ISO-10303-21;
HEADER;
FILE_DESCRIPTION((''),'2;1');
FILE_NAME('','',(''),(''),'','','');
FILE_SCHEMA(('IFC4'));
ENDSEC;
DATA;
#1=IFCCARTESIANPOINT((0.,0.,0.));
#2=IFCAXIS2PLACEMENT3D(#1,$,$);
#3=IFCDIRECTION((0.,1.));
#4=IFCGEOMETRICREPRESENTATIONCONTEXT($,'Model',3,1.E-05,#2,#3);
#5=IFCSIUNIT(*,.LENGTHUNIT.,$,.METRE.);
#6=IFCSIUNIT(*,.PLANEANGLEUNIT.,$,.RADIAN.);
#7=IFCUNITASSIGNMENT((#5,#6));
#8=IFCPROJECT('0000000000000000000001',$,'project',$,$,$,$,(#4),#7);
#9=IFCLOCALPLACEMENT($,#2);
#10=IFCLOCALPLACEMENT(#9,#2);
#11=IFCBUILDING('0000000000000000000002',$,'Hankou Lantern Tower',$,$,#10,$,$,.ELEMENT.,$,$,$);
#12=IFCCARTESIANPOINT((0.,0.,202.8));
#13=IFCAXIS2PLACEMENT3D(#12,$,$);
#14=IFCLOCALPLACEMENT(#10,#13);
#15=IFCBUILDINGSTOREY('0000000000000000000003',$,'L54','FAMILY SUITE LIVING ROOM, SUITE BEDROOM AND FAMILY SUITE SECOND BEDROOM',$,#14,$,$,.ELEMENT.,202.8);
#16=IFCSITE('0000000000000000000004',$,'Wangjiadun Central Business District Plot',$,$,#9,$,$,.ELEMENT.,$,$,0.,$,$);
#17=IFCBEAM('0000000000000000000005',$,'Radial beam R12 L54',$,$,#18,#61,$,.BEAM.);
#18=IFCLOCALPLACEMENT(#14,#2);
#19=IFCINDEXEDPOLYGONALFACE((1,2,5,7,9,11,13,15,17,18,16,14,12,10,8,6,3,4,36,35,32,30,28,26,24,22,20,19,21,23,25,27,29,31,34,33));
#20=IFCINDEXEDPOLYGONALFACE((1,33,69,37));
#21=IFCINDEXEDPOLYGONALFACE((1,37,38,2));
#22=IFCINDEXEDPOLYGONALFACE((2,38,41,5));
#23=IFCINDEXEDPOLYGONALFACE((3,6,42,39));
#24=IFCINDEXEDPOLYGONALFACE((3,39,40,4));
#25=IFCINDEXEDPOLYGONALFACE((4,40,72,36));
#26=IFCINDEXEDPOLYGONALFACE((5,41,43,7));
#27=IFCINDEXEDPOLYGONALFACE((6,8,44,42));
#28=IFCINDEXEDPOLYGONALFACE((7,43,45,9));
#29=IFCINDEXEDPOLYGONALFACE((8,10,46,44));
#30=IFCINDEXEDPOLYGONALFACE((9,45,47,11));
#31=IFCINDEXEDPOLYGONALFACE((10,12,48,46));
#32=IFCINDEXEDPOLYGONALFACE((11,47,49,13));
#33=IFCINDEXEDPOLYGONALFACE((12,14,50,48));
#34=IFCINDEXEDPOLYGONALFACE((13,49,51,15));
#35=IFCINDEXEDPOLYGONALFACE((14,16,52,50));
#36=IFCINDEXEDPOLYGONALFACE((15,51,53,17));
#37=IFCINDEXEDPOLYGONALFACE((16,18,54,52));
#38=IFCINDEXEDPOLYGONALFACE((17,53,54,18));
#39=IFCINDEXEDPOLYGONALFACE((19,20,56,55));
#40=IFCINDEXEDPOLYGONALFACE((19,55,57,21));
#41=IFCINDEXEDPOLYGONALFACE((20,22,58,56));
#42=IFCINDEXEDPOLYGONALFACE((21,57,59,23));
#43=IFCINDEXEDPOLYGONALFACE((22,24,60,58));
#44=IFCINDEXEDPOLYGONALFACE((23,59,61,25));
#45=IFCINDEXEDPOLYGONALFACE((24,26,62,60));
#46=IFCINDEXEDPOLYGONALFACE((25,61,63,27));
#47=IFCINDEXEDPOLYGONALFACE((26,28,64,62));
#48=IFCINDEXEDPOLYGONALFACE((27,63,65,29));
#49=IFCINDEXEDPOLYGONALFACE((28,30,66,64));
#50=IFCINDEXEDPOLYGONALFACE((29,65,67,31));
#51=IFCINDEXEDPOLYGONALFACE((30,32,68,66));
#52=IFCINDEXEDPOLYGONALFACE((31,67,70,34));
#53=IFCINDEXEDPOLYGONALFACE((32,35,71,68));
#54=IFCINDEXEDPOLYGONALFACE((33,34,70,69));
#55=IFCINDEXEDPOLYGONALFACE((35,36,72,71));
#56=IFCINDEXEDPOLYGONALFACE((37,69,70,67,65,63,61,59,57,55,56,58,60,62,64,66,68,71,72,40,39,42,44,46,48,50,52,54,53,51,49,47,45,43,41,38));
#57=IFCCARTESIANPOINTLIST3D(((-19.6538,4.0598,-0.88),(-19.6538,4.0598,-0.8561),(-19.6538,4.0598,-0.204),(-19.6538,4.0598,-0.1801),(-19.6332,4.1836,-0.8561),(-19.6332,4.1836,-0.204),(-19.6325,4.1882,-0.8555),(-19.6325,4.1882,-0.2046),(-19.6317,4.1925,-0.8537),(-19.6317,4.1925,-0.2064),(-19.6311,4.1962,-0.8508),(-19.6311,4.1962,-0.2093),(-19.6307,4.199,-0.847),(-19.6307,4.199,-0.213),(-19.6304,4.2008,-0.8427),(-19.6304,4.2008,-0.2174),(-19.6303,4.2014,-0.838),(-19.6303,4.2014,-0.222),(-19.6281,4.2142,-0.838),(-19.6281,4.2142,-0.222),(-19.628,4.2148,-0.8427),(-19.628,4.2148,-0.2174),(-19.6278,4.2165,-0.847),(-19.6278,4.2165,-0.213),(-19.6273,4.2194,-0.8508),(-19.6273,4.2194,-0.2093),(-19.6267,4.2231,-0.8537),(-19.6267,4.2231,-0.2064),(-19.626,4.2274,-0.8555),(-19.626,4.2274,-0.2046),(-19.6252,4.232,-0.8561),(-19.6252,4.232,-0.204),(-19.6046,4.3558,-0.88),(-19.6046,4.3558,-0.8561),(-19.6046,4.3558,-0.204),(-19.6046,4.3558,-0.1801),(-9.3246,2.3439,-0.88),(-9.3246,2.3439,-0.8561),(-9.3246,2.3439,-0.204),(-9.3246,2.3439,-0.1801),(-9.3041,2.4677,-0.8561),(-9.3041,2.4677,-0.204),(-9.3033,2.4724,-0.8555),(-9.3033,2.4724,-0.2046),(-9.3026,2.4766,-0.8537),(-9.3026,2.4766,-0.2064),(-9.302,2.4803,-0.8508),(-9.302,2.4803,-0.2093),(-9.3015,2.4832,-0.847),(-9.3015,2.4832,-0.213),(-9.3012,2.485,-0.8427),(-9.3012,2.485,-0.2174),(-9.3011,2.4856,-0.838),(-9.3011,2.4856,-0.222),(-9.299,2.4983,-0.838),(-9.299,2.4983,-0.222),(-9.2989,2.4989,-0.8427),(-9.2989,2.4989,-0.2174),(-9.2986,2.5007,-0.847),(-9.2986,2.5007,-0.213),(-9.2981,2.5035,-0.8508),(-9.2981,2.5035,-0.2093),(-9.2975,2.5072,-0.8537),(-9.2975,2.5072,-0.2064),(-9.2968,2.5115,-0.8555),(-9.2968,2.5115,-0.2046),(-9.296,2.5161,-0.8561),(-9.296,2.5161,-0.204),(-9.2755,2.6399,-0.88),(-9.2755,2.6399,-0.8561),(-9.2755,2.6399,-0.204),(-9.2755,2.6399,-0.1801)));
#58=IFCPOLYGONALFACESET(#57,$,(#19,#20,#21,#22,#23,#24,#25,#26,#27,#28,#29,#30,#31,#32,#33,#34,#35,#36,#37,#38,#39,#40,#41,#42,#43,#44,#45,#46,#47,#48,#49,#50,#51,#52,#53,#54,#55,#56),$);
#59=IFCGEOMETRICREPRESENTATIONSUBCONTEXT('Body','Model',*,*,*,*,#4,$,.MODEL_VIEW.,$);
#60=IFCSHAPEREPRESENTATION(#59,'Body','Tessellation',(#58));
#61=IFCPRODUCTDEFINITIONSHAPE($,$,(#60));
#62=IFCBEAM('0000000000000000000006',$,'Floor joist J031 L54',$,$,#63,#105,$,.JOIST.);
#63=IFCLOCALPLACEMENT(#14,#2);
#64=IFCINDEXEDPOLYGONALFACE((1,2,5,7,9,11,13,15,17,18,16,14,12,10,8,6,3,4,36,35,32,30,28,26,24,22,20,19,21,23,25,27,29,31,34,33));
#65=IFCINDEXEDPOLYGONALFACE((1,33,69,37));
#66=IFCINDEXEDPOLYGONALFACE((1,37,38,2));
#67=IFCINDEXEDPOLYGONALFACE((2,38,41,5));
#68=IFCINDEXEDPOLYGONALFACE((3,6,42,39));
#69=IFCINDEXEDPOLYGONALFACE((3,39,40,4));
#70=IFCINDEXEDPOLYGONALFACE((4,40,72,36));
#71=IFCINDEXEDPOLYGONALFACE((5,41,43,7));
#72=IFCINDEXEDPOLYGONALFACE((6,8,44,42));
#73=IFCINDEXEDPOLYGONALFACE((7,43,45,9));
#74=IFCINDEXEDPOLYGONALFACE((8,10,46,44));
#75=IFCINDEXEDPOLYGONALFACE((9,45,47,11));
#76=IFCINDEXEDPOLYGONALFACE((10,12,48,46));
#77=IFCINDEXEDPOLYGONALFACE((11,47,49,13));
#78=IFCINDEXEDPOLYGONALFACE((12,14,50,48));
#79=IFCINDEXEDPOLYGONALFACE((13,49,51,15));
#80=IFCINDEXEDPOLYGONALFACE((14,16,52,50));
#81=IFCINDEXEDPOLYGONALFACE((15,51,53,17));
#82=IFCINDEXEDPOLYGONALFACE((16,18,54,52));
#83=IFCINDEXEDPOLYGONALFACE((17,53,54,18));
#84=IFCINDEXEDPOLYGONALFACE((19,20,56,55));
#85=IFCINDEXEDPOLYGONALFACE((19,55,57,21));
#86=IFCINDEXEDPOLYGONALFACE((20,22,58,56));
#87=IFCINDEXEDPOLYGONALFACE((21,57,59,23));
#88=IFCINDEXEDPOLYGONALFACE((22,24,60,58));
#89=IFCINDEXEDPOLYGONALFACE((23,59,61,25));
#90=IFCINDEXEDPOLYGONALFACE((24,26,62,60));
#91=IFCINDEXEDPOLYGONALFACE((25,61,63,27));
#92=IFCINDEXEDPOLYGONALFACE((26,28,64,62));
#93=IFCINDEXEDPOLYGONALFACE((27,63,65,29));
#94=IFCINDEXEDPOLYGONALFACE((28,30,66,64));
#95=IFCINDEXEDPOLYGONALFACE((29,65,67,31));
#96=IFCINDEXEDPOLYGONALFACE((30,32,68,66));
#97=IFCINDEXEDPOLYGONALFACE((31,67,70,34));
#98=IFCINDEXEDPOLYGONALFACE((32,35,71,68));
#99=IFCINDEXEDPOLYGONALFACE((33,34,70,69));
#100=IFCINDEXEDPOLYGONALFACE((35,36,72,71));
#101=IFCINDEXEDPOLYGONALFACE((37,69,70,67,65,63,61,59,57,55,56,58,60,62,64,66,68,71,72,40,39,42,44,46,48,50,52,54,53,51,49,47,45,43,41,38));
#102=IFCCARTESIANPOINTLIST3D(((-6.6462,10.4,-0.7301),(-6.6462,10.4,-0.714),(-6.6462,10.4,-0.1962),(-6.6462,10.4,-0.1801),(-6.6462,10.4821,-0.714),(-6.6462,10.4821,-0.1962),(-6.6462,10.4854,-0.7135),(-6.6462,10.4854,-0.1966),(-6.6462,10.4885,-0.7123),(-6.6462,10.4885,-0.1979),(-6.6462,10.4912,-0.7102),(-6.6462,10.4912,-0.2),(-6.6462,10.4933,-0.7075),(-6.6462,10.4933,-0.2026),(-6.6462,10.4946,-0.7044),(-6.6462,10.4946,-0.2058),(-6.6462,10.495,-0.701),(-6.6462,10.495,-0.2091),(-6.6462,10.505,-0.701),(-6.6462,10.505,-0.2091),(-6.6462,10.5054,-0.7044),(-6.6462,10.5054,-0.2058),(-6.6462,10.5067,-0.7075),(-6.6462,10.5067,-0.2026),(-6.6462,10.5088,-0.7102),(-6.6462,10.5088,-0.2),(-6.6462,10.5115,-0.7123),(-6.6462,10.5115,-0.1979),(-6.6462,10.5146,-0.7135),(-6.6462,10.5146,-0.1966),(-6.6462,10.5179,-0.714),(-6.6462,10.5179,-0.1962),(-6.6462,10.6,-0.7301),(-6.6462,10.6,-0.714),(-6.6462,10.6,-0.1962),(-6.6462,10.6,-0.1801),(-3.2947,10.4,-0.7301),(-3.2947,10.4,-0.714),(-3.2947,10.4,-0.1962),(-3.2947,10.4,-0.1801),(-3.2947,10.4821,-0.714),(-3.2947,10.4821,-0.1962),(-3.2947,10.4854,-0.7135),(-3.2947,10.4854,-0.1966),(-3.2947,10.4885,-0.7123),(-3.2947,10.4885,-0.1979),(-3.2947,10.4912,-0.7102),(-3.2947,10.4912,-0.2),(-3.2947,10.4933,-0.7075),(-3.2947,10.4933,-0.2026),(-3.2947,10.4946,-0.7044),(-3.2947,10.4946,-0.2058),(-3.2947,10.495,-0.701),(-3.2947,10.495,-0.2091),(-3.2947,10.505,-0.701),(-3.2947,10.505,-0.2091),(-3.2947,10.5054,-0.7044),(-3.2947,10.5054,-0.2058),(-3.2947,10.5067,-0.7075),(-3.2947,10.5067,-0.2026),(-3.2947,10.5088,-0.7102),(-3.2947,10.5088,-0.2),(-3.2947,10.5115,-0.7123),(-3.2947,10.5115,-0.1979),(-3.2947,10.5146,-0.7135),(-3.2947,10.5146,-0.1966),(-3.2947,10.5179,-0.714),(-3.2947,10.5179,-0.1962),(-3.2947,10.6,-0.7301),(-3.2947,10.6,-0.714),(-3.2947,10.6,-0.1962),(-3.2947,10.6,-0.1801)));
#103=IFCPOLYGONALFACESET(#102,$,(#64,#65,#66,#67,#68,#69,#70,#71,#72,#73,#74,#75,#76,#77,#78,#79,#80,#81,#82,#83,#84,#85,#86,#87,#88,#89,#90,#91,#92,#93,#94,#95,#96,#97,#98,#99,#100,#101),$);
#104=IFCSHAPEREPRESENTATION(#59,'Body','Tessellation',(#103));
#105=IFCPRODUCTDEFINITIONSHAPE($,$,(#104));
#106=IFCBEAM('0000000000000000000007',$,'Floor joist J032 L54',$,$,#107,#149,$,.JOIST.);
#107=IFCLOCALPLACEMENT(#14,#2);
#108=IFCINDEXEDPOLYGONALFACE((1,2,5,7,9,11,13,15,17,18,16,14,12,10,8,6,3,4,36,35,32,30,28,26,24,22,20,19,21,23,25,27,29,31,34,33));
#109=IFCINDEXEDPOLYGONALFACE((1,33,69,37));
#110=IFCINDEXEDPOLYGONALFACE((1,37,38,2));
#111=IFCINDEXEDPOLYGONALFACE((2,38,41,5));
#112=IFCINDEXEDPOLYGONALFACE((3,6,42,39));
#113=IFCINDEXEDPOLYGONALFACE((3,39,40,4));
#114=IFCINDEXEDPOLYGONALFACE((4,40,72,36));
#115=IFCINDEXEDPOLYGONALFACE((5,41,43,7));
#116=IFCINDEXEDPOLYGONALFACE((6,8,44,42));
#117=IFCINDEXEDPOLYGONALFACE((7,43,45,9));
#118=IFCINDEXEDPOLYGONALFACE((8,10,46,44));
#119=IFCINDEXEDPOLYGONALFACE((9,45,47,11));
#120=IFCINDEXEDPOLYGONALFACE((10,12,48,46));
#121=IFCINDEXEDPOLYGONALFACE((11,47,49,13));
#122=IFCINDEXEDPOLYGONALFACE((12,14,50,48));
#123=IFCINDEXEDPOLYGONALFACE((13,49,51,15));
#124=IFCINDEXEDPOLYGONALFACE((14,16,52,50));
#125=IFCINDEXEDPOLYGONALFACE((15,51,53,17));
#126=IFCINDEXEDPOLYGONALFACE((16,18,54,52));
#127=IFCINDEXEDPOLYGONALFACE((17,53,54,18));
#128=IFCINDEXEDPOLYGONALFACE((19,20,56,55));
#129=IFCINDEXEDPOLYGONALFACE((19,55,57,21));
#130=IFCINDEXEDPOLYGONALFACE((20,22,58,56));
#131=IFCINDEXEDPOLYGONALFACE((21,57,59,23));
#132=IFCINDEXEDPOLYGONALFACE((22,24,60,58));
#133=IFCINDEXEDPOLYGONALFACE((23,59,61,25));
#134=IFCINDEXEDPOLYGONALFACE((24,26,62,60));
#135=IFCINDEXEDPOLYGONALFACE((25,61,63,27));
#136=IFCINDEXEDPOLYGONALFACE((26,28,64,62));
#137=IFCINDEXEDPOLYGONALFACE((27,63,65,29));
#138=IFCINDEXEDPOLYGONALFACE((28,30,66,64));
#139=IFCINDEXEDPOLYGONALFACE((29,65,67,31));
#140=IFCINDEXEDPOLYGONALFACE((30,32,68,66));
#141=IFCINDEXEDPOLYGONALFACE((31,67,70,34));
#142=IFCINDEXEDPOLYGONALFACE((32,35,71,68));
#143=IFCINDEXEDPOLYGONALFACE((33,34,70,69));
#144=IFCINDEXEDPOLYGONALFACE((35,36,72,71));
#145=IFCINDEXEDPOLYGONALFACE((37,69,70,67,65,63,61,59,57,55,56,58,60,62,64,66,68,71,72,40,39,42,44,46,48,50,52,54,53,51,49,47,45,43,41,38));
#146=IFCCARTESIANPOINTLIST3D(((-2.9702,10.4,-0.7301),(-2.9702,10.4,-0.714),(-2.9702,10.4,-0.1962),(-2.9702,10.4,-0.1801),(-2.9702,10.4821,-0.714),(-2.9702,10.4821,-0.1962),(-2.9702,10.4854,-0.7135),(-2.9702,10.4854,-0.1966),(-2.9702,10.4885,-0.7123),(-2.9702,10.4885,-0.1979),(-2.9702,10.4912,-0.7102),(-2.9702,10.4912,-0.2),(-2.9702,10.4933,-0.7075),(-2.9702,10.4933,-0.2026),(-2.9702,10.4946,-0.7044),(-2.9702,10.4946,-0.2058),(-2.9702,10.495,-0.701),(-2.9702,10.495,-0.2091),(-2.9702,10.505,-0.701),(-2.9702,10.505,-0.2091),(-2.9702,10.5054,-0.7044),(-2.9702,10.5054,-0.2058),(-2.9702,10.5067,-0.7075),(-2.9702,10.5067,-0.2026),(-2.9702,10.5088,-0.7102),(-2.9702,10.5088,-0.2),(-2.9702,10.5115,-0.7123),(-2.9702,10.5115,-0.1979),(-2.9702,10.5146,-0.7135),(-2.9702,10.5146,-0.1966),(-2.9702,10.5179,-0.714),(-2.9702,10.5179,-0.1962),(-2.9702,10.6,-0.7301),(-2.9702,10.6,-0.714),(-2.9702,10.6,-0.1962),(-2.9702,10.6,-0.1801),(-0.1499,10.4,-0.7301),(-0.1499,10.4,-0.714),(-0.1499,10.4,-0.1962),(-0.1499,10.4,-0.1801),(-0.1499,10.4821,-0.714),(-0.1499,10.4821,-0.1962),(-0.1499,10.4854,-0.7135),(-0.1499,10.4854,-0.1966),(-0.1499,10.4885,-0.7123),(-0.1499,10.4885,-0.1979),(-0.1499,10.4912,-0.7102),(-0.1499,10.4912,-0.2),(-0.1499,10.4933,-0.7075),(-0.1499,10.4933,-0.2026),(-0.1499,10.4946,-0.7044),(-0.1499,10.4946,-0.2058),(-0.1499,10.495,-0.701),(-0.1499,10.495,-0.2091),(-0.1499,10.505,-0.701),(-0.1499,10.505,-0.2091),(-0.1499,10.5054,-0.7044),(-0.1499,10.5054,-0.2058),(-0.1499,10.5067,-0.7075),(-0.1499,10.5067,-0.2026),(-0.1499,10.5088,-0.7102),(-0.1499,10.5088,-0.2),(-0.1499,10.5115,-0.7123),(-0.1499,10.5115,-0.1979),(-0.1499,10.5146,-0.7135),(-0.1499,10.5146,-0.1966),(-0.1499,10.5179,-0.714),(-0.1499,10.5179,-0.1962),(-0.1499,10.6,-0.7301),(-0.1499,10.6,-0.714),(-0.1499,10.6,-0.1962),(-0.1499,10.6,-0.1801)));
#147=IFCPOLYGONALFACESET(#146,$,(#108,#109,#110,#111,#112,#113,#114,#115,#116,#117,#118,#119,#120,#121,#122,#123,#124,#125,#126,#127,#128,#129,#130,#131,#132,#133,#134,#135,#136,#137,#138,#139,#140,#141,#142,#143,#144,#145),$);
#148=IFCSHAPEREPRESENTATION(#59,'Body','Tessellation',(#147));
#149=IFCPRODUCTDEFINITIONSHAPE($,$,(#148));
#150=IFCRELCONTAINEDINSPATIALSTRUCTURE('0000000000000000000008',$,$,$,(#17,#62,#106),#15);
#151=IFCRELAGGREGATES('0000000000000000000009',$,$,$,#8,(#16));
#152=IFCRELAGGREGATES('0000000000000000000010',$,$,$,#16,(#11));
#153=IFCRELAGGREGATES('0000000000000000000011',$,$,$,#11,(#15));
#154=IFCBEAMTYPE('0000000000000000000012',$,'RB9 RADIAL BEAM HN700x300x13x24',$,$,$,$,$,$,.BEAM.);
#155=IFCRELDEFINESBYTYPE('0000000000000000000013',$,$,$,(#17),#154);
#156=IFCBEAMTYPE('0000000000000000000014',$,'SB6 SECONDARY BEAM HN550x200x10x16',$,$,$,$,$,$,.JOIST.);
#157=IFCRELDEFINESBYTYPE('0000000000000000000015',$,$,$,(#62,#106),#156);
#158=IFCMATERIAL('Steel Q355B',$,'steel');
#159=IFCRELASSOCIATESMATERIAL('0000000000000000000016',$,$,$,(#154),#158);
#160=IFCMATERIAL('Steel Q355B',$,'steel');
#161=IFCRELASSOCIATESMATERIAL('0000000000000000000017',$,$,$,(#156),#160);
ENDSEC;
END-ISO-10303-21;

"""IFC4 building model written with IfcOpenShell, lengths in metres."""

from ifc_helpers import new_model, si_unit, direction, frame, origin, origin_2d, place, context, subcontext, project, spatial, i_section, extrude, material, material_profile, profile_set, type_object, element, save


model = new_model("IFC4")

# Units and contexts
model_context = context("Model", 3, precision=1e-05, world=origin(), true_north=direction((0.0, 1.0)))
body_context = subcontext(model_context, "Body", "Model", "MODEL_VIEW")
ifc_project = project(units=[si_unit("LENGTHUNIT", "METRE"), si_unit("PLANEANGLEUNIT", "RADIAN")], contexts=[model_context])

# Site, building, storey
site_placement = place(None, origin())
site = spatial("IfcSite", under=ifc_project, at=site_placement, Name="Wangjiadun Central Business District Plot", CompositionType="ELEMENT", RefElevation=0.0)
building_placement = place(site_placement, origin())
building = spatial("IfcBuilding", under=site, at=building_placement, Name="Hankou Lantern Tower", CompositionType="ELEMENT")
storey_placement = place(building_placement, frame((0.0, 0.0, 202.8)))
storey = spatial("IfcBuildingStorey", under=building, at=storey_placement, Name="L54", Description="FAMILY SUITE LIVING ROOM, SUITE BEDROOM AND FAMILY SUITE SECOND BEDROOM", CompositionType="ELEMENT", Elevation=202.8)

# Beams
ifc_material_1 = material(Name="Steel Q355B", Category="steel")
ifc_material_profile_1 = material_profile(ifc_material_1, i_section(OverallWidth=0.3, OverallDepth=0.7, WebThickness=0.0129, FlangeThickness=0.0239, FilletRadius=0.0181, at=origin_2d()), Name="HN700x300x13x24")
ifc_profile_set_1 = profile_set([ifc_material_profile_1], Name="Steel Q355B")
beam_type_1 = type_object("IfcBeamType", Name="RB9 RADIAL BEAM HN700x300x13x24", PredefinedType="BEAM", material=ifc_profile_set_1)
beam_1_placement = place(storey_placement, frame((-9.3, 2.4919, -0.53), z_axis=(-0.986482, 0.16387, 0.0), x_axis=(-0.16387, -0.986482, 0.0)))
element("IfcBeam", 1, at=beam_1_placement, inside=storey, type_object=beam_type_1, Name="Radial beam R12 L54", PredefinedType="BEAM", context=body_context, shape_type="SweptSolid", body=[
    extrude(i_section(OverallWidth=0.3, OverallDepth=0.7, WebThickness=0.0129, FlangeThickness=0.0239, FilletRadius=0.0181, at=origin_2d()), origin(), (0.0, 0.0, 1.0), 10.4707),
])
ifc_material_2 = material(Name="Steel Q355B", Category="steel")
ifc_material_profile_2 = material_profile(ifc_material_2, i_section(OverallWidth=0.2, OverallDepth=0.55, WebThickness=0.01, FlangeThickness=0.0161, FilletRadius=0.0129, at=origin_2d()), Name="HN550x200x10x16")
ifc_profile_set_2 = profile_set([ifc_material_profile_2], Name="Steel Q355B")
beam_type_2 = type_object("IfcBeamType", Name="SB6 SECONDARY BEAM HN550x200x10x16", PredefinedType="JOIST", material=ifc_profile_set_2)
beam_2_placement = place(storey_placement, frame((-6.6462, 10.5, -0.4551), z_axis=(1.0, 0.0, 0.0), x_axis=(0.0, 1.0, 0.0)))
element("IfcBeam", 2, at=beam_2_placement, inside=storey, type_object=beam_type_2, Name="Floor joist J031 L54", PredefinedType="JOIST", context=body_context, shape_type="SweptSolid", body=[
    extrude(i_section(OverallWidth=0.2, OverallDepth=0.55, WebThickness=0.01, FlangeThickness=0.0161, FilletRadius=0.0129, at=origin_2d()), origin(), (0.0, 0.0, 1.0), 3.3516),
])
beam_3_placement = place(storey_placement, frame((-2.9702, 10.5, -0.4551), z_axis=(1.0, 0.0, 0.0), x_axis=(0.0, 1.0, 0.0)))
element("IfcBeam", 3, at=beam_3_placement, inside=storey, type_object=beam_type_2, Name="Floor joist J032 L54", PredefinedType="JOIST", context=body_context, shape_type="SweptSolid", body=[
    extrude(i_section(OverallWidth=0.2, OverallDepth=0.55, WebThickness=0.01, FlangeThickness=0.0161, FilletRadius=0.0129, at=origin_2d()), origin(), (0.0, 0.0, 1.0), 2.8203),
])

save(model, "model.ifc")
